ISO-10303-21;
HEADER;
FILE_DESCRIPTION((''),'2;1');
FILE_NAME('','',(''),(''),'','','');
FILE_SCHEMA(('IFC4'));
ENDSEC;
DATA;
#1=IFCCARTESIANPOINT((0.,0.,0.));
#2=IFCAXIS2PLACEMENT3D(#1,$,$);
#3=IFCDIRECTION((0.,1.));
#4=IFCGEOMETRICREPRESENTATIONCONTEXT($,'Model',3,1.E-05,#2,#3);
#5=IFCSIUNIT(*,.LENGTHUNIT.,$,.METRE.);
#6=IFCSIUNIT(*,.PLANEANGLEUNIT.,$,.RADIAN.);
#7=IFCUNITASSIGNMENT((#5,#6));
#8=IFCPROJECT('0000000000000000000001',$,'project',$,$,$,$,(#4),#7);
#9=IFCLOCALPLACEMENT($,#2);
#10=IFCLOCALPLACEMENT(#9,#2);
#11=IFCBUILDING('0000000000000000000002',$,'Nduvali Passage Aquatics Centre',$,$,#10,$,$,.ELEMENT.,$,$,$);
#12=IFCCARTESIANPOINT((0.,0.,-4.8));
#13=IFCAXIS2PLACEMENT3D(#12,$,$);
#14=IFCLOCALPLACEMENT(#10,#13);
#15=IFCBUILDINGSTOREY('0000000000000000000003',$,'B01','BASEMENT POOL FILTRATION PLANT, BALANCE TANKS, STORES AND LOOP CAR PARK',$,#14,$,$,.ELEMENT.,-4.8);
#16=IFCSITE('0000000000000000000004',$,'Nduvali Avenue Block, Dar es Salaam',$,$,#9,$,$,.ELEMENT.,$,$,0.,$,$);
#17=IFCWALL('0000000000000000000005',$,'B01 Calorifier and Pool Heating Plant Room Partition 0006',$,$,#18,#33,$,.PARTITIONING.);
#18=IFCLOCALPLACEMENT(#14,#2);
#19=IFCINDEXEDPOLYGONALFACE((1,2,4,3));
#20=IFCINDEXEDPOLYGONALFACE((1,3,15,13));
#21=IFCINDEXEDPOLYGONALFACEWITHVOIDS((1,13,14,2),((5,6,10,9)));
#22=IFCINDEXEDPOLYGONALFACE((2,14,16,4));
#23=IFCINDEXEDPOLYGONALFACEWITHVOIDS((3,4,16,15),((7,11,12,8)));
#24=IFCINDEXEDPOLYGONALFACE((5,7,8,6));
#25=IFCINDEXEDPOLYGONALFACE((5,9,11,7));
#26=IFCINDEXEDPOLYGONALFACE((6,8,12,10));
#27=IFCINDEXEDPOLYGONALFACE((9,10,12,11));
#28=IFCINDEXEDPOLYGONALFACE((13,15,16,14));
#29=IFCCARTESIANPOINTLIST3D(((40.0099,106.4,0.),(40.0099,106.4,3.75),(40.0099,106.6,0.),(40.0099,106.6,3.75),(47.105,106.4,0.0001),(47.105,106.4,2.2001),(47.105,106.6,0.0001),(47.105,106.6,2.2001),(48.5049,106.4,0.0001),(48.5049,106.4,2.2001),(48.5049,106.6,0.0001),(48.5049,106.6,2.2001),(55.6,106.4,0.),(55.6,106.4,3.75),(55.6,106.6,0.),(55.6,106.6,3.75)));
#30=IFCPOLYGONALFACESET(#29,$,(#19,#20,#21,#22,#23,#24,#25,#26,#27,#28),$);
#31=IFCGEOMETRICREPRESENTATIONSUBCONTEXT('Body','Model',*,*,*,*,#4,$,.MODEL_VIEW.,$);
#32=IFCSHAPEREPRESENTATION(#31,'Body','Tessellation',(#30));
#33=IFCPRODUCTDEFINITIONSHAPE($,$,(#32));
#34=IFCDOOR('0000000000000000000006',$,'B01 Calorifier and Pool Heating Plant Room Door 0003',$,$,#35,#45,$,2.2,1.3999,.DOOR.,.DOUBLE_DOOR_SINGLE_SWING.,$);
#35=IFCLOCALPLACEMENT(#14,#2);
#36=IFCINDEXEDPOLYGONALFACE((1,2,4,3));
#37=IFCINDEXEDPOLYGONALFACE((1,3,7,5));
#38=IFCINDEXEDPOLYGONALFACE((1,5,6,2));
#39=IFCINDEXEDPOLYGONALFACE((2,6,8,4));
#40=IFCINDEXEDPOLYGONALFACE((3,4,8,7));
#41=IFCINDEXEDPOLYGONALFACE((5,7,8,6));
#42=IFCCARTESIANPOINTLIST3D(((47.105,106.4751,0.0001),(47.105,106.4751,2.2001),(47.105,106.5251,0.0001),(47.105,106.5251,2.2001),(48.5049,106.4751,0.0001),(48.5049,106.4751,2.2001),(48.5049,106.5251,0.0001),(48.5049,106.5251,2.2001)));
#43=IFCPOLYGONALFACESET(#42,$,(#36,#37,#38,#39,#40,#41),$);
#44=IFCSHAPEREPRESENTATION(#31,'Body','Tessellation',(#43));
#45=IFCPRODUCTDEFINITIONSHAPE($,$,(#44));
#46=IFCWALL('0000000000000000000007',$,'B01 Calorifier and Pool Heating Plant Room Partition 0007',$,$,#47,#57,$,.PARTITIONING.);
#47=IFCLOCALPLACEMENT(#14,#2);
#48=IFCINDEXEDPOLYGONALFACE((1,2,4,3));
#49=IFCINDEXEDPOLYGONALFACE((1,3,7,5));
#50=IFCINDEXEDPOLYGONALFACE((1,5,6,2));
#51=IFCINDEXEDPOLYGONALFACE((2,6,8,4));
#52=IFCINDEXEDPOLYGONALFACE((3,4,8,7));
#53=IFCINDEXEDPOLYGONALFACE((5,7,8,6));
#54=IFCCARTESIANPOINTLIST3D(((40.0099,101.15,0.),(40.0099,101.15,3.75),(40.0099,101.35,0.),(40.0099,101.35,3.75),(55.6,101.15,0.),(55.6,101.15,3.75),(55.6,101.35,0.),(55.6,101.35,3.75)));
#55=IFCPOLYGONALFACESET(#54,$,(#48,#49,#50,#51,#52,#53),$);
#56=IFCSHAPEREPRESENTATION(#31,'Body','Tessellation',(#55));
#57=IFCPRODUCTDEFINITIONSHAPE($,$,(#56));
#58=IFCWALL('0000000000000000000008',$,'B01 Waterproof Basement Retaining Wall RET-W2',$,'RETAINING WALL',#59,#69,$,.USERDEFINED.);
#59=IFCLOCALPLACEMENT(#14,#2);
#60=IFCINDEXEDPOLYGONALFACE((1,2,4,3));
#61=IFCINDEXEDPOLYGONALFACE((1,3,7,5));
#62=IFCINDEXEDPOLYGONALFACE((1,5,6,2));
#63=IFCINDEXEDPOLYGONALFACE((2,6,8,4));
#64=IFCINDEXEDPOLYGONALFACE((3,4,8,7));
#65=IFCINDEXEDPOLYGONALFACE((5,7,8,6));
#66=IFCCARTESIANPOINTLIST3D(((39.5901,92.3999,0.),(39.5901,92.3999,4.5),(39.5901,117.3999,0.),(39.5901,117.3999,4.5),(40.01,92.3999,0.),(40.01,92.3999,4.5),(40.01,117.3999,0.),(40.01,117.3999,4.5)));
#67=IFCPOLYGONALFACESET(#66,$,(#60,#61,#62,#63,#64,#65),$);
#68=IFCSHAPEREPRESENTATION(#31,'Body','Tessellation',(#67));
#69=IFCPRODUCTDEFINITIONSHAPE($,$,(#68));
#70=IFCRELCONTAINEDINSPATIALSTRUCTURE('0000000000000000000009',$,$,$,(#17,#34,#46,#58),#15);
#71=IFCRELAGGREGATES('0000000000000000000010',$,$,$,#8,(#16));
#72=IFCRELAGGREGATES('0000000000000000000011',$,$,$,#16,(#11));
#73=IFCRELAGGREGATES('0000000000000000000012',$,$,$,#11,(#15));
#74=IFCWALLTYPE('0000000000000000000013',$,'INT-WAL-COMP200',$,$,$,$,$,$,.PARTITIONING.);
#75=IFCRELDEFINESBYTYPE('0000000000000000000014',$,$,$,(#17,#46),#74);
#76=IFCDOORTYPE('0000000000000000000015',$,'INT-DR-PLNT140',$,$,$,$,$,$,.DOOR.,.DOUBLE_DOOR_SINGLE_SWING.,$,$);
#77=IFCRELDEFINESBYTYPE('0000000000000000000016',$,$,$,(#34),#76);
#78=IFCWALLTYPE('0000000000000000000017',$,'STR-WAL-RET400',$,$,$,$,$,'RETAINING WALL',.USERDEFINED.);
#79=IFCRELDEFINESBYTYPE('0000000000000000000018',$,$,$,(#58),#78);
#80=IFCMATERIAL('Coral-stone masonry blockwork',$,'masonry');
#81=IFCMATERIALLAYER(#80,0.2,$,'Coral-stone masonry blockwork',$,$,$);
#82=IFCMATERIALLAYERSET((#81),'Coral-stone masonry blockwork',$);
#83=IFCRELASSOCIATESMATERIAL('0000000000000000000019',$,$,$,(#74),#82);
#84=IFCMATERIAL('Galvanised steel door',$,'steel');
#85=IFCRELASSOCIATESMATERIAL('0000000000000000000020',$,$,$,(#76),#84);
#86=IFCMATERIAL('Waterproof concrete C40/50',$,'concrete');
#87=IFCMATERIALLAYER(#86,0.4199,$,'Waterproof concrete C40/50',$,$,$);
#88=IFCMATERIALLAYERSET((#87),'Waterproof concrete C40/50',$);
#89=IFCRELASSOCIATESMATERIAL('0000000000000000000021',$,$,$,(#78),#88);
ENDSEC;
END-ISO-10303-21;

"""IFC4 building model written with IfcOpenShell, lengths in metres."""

from ifc_helpers import new_model, si_unit, direction, frame, frame_2d, origin, place, context, subcontext, project, spatial, rectangle, extrude, material, layer, layer_set, type_object, element, fill, save


model = new_model("IFC4")

# Units and contexts
model_context = context("Model", 3, precision=1e-05, world=origin(), true_north=direction((0.0, 1.0)))
body_context = subcontext(model_context, "Body", "Model", "MODEL_VIEW")
ifc_project = project(units=[si_unit("LENGTHUNIT", "METRE"), si_unit("PLANEANGLEUNIT", "RADIAN")], contexts=[model_context])

# Site, building, storey
site_placement = place(None, origin())
site = spatial("IfcSite", under=ifc_project, at=site_placement, Name="Nduvali Avenue Block, Dar es Salaam", CompositionType="ELEMENT", RefElevation=0.0)
building_placement = place(site_placement, origin())
building = spatial("IfcBuilding", under=site, at=building_placement, Name="Nduvali Passage Aquatics Centre", CompositionType="ELEMENT")
storey_placement = place(building_placement, frame((0.0, 0.0, -4.8)))
storey = spatial("IfcBuildingStorey", under=building, at=storey_placement, Name="B01", Description="BASEMENT POOL FILTRATION PLANT, BALANCE TANKS, STORES AND LOOP CAR PARK", CompositionType="ELEMENT", Elevation=-4.8)

# Wall, opening, door
ifc_material_1 = material(Name="Coral-stone masonry blockwork", Category="masonry")
ifc_layer_1 = layer(ifc_material_1, 0.2, Name="Coral-stone masonry blockwork")
ifc_layer_set_1 = layer_set([ifc_layer_1], Name="Coral-stone masonry blockwork")
wall_type_1 = type_object("IfcWallType", Name="INT-WAL-COMP200", PredefinedType="PARTITIONING", material=ifc_layer_set_1)
wall_1_placement = place(storey_placement, frame((40.01, 106.5, 0.0), z_axis=(0.0, 0.0, 1.0), x_axis=(1.0, 0.0, 0.0)))
wall_1 = element("IfcWall", 1, at=wall_1_placement, inside=storey, type_object=wall_type_1, Name="B01 Calorifier and Pool Heating Plant Room Partition 0006", PredefinedType="PARTITIONING", context=body_context, shape_type="SweptSolid", body=[
    extrude(rectangle(XDim=15.5901, YDim=0.2, at=frame_2d((7.7949, 0.0))), origin(), (0.0, 0.0, 1.0), 3.75),
])
opening_placement = place(wall_1_placement, frame((7.095, 0.0, 0.0)))
opening = element("IfcOpeningElement", 2, at=opening_placement, cuts=wall_1, PredefinedType="OPENING", context=body_context, shape_type="SweptSolid", body=[
    extrude(rectangle(XDim=1.3999, YDim=2.2, at=frame_2d((0.7, 1.1001))), frame((0.0, 0.1147, 0.0), z_axis=(0.0, -1.0, 0.0), x_axis=(1.0, 0.0, 0.0)), (0.0, 0.0, 1.0), 0.2297),
])
ifc_material_2 = material(Name="Galvanised steel door", Category="steel")
door_type = type_object("IfcDoorType", Name="INT-DR-PLNT140", OperationType="DOUBLE_DOOR_SINGLE_SWING", PredefinedType="DOOR", material=ifc_material_2)
door_placement = place(opening_placement, frame((1.3999, 0.0, 0.0), z_axis=(0.0, 0.0, 1.0), x_axis=(-1.0, 0.0, 0.0)))
door = element("IfcDoor", 3, at=door_placement, inside=storey, type_object=door_type, Name="B01 Calorifier and Pool Heating Plant Room Door 0003", OperationType="DOUBLE_DOOR_SINGLE_SWING", OverallHeight=2.2, OverallWidth=1.3999, PredefinedType="DOOR", context=body_context, shape_type="SweptSolid", body=[
    extrude(rectangle(XDim=1.3999, YDim=2.2, at=frame_2d((0.7, 1.1001))), frame((0.0, 0.0249, 0.0), z_axis=(0.0, -1.0, 0.0), x_axis=(1.0, 0.0, 0.0)), (0.0, 0.0, 1.0), 0.05),
])
fill(opening, door)

# Walls
wall_2_placement = place(storey_placement, frame((40.01, 101.25, 0.0), z_axis=(0.0, 0.0, 1.0), x_axis=(1.0, 0.0, 0.0)))
element("IfcWall", 4, at=wall_2_placement, inside=storey, type_object=wall_type_1, Name="B01 Calorifier and Pool Heating Plant Room Partition 0007", PredefinedType="PARTITIONING", context=body_context, shape_type="SweptSolid", body=[
    extrude(rectangle(XDim=15.5901, YDim=0.2, at=frame_2d((7.7949, 0.0))), origin(), (0.0, 0.0, 1.0), 3.75),
])
ifc_material_3 = material(Name="Waterproof concrete C40/50", Category="concrete")
ifc_layer_2 = layer(ifc_material_3, 0.4199, Name="Waterproof concrete C40/50")
ifc_layer_set_2 = layer_set([ifc_layer_2], Name="Waterproof concrete C40/50")
wall_type_2 = type_object("IfcWallType", Name="STR-WAL-RET400", ElementType="RETAINING WALL", PredefinedType="USERDEFINED", material=ifc_layer_set_2)
wall_3_placement = place(storey_placement, frame((39.8, 117.3999, 0.0), z_axis=(0.0, 0.0, 1.0), x_axis=(0.0, -1.0, 0.0)))
element("IfcWall", 5, at=wall_3_placement, inside=storey, type_object=wall_type_2, Name="B01 Waterproof Basement Retaining Wall RET-W2", ObjectType="RETAINING WALL", PredefinedType="USERDEFINED", context=body_context, shape_type="SweptSolid", body=[
    extrude(rectangle(XDim=25.0, YDim=0.4199, at=frame_2d((12.5, 0.0))), origin(), (0.0, 0.0, 1.0), 4.5),
])

save(model, "model.ifc")
